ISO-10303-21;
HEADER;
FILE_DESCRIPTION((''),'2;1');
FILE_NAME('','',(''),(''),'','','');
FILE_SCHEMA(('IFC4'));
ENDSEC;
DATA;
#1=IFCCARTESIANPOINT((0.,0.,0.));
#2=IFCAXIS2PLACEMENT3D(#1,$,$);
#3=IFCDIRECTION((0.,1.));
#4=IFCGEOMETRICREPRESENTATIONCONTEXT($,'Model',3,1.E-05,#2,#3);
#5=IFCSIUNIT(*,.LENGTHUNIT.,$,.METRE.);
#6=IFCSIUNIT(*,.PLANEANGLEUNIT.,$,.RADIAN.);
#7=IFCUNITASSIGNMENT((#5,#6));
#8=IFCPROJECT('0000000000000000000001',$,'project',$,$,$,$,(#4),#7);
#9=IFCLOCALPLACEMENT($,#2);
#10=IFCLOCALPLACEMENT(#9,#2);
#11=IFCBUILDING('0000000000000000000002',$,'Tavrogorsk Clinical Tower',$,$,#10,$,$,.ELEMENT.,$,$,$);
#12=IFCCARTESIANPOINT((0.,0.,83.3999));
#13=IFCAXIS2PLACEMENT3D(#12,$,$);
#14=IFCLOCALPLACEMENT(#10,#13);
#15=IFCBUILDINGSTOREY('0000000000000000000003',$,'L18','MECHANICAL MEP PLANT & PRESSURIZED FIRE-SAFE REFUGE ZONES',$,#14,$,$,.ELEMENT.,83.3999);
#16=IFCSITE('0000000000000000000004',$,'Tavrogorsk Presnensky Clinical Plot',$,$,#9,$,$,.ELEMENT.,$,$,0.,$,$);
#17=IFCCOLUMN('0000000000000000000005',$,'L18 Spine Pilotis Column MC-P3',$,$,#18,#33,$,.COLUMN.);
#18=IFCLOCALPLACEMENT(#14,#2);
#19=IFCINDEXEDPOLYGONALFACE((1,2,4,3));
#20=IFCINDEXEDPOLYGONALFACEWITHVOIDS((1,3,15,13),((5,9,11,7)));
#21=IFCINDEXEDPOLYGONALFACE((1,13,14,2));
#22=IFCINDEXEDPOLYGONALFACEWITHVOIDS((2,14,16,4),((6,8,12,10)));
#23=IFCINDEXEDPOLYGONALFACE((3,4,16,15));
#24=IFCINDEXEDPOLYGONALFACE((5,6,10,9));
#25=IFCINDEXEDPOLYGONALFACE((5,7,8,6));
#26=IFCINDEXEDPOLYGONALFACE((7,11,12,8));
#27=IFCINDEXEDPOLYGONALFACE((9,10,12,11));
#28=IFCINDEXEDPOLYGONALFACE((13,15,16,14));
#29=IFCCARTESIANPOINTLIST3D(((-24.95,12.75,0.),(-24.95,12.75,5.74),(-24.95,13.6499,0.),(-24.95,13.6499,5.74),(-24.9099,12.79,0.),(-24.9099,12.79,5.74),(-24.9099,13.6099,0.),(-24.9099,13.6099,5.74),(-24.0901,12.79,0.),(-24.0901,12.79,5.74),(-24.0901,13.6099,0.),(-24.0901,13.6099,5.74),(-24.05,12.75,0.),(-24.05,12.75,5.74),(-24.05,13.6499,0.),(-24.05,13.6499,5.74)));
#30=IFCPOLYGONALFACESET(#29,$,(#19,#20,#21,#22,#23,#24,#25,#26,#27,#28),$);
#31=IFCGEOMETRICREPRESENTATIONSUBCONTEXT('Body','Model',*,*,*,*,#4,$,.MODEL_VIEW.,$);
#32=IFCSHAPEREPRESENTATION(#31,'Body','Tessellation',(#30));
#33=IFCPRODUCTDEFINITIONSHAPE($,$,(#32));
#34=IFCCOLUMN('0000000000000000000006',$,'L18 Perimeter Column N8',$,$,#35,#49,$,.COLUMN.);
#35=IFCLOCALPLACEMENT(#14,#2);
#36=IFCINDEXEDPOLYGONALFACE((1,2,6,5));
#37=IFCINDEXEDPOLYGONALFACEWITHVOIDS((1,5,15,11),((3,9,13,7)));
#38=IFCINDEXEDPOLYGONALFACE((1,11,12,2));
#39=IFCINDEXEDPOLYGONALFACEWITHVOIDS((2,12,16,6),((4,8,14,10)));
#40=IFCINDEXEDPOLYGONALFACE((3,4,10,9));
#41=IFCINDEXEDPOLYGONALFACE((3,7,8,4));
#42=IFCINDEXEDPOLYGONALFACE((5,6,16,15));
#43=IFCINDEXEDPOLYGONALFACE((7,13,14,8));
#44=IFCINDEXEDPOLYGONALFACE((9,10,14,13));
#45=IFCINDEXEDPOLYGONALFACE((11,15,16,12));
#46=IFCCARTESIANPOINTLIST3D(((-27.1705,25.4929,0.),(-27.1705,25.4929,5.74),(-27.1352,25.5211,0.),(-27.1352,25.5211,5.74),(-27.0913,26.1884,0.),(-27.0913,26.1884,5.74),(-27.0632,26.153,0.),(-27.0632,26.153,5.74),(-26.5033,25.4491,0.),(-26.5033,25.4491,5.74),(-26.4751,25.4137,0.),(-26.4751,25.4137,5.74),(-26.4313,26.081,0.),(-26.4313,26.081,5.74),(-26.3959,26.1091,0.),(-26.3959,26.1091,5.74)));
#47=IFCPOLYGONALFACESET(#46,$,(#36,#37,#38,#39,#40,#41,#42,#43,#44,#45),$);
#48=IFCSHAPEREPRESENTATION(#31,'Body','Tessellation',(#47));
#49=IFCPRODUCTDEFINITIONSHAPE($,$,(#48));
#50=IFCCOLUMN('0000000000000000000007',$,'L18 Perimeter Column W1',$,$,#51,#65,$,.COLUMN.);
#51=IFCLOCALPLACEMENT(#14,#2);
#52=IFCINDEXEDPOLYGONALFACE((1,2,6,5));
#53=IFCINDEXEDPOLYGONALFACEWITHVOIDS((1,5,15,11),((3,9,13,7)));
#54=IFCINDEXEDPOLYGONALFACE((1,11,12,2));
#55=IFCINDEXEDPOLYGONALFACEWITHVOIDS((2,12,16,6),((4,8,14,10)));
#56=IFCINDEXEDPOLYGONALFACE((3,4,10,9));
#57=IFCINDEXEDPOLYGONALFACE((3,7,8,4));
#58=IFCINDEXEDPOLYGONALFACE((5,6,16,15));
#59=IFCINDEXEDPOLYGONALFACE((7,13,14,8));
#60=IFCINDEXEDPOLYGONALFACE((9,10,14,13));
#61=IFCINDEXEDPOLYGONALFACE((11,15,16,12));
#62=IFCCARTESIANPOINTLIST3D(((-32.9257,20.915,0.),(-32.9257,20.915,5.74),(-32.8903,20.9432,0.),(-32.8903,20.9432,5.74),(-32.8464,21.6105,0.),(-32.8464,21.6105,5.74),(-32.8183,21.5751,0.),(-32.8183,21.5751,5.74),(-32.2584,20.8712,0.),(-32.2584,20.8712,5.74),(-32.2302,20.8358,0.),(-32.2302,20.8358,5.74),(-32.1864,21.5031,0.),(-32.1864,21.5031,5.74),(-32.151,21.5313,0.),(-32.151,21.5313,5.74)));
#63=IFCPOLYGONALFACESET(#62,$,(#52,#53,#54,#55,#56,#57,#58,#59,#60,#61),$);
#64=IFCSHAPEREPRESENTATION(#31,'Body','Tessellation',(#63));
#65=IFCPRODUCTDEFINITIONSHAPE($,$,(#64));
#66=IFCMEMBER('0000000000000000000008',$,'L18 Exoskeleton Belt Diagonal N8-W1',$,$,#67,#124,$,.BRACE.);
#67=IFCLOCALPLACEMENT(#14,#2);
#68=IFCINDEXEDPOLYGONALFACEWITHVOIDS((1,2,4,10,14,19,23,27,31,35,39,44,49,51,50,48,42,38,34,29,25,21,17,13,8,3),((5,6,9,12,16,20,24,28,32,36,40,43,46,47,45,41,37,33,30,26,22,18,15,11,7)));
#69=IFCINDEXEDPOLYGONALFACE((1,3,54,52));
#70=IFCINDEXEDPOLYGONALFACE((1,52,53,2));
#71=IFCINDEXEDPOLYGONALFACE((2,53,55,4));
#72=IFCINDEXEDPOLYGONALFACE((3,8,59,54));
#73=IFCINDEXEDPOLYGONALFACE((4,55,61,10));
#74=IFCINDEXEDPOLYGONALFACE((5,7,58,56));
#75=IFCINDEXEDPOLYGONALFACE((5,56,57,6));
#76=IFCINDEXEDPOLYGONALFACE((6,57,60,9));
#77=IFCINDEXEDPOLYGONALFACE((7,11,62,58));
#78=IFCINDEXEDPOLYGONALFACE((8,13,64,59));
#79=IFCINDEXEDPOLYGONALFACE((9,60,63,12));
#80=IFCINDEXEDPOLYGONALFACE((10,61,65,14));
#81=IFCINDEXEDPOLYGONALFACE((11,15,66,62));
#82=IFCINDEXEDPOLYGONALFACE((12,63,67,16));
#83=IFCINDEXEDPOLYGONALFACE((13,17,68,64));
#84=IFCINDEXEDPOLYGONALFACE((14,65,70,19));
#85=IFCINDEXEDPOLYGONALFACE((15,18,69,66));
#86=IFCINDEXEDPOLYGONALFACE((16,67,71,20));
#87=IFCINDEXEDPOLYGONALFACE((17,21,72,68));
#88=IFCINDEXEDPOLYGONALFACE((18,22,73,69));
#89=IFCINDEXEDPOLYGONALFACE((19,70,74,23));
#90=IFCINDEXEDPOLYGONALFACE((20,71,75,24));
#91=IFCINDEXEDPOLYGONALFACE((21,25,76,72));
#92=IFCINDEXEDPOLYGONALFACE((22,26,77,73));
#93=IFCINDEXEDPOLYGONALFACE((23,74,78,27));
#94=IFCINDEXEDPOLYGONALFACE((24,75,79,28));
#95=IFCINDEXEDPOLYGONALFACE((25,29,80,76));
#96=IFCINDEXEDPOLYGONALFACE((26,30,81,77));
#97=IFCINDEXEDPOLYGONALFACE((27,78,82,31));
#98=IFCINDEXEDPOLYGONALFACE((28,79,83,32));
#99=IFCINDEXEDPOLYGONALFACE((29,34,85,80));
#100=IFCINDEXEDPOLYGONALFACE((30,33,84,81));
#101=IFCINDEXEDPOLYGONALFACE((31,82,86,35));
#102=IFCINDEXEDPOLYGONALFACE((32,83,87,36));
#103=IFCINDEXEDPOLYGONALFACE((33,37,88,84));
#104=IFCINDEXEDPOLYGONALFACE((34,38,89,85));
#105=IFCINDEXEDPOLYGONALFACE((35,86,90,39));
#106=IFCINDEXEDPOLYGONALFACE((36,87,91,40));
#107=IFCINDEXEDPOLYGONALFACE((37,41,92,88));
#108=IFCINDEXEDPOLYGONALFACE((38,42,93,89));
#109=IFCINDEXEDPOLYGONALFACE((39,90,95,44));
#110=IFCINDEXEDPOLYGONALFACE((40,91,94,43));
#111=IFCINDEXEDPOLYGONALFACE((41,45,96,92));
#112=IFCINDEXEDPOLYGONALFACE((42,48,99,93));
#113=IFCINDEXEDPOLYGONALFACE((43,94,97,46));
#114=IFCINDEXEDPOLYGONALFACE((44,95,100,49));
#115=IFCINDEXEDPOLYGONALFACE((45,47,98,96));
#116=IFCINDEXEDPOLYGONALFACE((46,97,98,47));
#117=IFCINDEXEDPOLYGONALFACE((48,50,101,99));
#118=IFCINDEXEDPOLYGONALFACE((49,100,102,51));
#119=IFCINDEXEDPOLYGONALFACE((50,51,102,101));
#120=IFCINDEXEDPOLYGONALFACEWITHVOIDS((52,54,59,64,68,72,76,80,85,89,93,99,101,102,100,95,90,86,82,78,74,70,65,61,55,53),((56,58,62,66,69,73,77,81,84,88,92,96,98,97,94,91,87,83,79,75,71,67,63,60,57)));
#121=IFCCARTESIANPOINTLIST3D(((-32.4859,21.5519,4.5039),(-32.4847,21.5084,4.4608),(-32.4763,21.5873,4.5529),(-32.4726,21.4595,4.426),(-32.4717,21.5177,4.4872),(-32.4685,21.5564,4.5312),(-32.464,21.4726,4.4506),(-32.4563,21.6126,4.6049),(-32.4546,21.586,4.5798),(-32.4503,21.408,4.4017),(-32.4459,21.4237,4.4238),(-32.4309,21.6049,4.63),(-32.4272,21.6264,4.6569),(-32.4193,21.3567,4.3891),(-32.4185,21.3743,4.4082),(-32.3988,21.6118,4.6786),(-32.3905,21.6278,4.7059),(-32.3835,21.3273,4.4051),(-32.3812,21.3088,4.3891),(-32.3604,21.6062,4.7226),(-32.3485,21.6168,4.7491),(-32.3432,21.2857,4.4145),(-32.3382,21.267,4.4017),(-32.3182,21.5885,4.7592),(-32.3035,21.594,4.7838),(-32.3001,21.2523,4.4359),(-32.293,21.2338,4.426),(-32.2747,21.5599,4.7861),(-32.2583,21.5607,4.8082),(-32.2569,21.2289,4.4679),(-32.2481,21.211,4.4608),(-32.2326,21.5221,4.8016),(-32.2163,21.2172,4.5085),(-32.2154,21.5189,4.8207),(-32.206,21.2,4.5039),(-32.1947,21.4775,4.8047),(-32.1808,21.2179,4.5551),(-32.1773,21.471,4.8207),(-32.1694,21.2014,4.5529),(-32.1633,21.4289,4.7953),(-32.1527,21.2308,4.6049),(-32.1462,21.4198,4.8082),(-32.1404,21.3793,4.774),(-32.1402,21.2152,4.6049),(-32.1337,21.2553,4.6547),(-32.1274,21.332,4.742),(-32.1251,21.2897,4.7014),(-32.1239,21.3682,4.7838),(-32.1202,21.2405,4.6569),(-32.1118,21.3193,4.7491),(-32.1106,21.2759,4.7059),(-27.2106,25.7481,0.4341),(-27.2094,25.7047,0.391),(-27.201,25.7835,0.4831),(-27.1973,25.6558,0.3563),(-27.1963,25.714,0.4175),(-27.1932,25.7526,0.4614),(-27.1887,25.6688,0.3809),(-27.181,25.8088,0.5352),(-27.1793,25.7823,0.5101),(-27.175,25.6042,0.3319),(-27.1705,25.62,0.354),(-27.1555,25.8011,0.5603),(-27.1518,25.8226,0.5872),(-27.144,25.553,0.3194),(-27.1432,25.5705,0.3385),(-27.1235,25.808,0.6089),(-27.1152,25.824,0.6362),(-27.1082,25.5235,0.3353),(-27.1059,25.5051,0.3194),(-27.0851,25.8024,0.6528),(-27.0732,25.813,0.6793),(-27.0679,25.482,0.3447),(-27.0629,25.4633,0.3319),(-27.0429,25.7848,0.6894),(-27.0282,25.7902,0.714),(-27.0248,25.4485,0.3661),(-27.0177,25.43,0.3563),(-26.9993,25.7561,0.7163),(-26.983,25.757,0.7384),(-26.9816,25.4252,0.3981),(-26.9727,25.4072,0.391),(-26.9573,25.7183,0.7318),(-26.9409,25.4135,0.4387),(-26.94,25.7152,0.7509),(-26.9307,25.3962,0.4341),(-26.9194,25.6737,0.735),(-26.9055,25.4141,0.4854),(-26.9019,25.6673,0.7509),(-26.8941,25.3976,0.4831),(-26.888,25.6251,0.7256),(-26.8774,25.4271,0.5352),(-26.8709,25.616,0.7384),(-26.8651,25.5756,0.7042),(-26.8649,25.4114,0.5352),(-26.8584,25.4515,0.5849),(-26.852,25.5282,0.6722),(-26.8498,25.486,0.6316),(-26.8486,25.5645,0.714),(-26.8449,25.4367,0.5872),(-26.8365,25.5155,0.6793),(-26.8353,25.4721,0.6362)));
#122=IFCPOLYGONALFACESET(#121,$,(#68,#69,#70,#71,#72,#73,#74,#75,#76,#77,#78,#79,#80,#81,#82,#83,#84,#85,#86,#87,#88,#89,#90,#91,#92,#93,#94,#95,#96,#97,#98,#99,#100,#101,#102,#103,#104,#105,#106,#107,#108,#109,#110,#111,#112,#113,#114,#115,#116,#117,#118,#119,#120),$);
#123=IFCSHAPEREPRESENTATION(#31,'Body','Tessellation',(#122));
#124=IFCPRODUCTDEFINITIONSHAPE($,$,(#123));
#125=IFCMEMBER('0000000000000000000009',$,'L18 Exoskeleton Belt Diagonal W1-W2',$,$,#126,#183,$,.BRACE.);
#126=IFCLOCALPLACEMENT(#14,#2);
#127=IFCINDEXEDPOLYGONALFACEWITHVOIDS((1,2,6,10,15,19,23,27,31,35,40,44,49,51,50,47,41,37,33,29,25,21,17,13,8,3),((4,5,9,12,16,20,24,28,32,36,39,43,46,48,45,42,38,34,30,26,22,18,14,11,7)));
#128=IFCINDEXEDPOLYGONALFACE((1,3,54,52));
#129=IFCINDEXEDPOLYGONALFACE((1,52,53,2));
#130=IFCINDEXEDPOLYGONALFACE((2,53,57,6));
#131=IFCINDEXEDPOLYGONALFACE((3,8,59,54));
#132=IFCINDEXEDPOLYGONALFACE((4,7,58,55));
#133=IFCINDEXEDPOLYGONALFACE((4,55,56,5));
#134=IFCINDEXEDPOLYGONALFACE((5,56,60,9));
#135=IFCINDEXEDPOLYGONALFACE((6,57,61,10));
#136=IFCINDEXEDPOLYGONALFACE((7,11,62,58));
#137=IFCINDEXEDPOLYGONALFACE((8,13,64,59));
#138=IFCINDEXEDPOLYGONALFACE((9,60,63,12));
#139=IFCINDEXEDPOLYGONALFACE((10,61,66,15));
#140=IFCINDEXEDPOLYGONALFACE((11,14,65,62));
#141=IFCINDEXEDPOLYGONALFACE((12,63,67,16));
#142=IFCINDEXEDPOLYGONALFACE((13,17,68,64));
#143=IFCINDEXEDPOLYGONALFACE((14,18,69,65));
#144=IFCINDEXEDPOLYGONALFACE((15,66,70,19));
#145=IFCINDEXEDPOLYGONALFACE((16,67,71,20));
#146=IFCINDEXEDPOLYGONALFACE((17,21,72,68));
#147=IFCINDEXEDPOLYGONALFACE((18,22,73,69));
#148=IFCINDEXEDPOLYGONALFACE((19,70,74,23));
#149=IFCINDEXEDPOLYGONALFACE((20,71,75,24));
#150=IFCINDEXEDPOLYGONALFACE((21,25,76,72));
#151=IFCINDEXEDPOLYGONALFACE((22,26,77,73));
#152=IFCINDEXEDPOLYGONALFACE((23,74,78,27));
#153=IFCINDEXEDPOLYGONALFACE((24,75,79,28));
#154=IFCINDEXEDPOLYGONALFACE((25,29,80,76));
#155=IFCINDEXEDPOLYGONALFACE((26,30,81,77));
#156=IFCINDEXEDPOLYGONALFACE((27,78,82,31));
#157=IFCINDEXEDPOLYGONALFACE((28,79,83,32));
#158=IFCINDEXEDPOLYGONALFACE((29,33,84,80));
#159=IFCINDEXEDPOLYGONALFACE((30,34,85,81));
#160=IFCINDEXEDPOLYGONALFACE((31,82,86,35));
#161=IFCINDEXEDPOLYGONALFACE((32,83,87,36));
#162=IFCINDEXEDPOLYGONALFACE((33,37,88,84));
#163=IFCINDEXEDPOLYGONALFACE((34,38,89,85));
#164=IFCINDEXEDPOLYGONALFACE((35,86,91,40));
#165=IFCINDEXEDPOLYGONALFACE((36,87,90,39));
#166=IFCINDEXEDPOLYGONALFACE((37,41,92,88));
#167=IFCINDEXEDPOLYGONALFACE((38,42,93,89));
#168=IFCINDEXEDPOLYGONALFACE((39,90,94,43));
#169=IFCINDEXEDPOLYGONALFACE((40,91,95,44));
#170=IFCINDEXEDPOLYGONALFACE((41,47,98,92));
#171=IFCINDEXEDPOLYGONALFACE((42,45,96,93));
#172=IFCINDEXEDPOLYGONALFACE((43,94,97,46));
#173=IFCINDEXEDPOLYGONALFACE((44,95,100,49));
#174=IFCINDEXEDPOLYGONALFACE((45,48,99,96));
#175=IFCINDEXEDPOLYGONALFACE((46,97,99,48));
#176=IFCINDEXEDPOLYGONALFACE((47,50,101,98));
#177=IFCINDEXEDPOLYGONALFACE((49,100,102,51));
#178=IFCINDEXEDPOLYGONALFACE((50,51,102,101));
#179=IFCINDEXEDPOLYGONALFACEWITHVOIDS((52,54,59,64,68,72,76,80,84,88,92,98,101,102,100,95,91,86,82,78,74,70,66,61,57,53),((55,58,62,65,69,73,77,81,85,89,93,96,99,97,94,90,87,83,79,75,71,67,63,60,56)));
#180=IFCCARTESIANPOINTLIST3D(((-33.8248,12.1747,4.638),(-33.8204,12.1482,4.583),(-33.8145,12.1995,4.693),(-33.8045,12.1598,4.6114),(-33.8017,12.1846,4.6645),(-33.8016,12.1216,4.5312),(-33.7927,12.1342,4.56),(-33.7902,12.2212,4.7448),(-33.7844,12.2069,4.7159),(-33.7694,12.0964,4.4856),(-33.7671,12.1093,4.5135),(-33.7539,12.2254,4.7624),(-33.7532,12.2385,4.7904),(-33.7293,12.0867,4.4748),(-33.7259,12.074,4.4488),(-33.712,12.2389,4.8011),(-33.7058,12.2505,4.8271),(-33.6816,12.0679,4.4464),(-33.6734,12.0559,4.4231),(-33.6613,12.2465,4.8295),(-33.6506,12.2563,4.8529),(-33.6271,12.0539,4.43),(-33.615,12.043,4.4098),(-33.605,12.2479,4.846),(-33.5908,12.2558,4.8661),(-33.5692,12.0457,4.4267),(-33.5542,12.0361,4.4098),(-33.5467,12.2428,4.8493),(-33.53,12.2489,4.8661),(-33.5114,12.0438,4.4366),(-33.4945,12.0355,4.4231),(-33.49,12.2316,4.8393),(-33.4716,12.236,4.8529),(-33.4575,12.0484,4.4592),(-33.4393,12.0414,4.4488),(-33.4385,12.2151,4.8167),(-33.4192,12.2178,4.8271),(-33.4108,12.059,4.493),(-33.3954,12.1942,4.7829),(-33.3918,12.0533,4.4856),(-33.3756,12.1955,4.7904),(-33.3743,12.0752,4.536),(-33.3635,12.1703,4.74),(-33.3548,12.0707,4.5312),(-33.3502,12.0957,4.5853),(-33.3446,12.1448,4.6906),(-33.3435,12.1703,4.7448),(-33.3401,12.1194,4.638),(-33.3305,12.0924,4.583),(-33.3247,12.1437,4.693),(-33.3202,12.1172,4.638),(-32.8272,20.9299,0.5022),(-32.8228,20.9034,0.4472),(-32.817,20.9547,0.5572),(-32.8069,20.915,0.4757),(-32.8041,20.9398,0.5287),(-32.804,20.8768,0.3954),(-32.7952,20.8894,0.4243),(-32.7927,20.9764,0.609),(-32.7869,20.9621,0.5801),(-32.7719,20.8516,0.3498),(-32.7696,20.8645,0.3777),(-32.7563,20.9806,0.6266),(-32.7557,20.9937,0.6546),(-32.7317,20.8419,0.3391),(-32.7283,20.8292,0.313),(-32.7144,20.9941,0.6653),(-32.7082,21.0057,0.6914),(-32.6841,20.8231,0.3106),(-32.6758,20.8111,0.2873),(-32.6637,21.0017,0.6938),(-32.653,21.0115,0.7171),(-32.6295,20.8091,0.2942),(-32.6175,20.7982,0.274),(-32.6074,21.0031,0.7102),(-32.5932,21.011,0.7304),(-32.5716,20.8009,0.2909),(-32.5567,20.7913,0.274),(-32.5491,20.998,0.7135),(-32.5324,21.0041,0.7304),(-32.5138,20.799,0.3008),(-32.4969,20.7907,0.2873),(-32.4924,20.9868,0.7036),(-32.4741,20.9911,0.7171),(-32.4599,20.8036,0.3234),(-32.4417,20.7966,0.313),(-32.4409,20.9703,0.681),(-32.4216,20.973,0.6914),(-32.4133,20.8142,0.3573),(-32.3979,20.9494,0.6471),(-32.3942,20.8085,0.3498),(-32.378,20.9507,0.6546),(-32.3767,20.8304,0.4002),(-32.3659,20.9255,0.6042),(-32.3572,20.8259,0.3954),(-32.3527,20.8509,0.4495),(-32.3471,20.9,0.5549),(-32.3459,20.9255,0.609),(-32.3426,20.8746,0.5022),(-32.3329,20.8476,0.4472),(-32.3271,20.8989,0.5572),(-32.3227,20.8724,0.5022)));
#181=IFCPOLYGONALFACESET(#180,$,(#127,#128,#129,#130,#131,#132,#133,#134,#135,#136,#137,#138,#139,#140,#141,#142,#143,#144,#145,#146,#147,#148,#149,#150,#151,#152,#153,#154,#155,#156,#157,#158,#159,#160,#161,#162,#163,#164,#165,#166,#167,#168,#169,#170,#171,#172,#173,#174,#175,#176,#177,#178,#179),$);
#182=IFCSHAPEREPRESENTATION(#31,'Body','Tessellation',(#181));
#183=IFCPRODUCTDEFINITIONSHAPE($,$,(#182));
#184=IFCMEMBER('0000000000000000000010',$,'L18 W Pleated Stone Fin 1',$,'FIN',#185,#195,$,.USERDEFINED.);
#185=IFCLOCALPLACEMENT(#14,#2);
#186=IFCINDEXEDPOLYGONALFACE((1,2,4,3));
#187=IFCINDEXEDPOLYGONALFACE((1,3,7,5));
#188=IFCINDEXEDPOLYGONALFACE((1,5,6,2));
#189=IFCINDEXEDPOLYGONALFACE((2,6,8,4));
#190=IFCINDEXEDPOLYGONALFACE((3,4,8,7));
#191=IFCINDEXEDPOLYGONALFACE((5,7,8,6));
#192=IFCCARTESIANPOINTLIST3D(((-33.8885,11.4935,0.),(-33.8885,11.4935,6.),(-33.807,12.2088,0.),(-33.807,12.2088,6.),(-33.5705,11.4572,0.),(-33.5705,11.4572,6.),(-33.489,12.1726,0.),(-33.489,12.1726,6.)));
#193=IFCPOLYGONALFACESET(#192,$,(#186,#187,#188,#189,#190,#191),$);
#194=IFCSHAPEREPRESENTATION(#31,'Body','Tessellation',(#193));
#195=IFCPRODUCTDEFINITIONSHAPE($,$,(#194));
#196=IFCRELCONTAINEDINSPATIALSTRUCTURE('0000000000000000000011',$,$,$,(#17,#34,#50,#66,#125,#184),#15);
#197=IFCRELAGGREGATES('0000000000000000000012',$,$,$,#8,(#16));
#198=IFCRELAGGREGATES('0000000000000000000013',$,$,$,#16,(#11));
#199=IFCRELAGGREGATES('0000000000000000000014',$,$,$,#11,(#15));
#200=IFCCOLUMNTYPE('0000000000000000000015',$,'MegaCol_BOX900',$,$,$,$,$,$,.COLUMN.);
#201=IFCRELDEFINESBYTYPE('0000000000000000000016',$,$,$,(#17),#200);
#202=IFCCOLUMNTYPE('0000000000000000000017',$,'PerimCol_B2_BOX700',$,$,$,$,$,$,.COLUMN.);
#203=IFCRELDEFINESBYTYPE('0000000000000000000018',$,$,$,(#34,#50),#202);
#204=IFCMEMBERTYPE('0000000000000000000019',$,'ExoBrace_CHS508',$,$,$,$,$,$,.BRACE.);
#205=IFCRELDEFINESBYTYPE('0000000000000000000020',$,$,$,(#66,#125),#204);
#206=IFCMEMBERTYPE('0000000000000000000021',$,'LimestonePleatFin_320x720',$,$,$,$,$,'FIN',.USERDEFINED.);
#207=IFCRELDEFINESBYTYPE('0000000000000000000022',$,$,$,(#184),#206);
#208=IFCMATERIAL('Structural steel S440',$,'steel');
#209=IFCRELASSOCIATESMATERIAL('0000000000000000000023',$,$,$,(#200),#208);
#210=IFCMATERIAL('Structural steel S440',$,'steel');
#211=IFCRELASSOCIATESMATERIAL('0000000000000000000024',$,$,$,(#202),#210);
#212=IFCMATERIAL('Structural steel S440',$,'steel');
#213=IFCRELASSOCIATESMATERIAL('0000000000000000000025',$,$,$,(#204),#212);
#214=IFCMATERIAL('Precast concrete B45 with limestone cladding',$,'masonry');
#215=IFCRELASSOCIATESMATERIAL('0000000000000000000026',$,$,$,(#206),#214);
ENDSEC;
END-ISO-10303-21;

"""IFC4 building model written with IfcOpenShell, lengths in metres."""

from ifc_helpers import new_model, si_unit, direction, frame, origin, origin_2d, place, context, subcontext, project, spatial, rectangle, hollow_rectangle, hollow_circle, extrude, material, material_profile, profile_set, type_object, element, save


model = new_model("IFC4")

# Units and contexts
model_context = context("Model", 3, precision=1e-05, world=origin(), true_north=direction((0.0, 1.0)))
body_context = subcontext(model_context, "Body", "Model", "MODEL_VIEW")
ifc_project = project(units=[si_unit("LENGTHUNIT", "METRE"), si_unit("PLANEANGLEUNIT", "RADIAN")], contexts=[model_context])

# Site, building, storey
site_placement = place(None, origin())
site = spatial("IfcSite", under=ifc_project, at=site_placement, Name="Tavrogorsk Presnensky Clinical Plot", CompositionType="ELEMENT", RefElevation=0.0)
building_placement = place(site_placement, origin())
building = spatial("IfcBuilding", under=site, at=building_placement, Name="Tavrogorsk Clinical Tower", CompositionType="ELEMENT")
storey_placement = place(building_placement, frame((0.0, 0.0, 83.3999)))
storey = spatial("IfcBuildingStorey", under=building, at=storey_placement, Name="L18", Description="MECHANICAL MEP PLANT & PRESSURIZED FIRE-SAFE REFUGE ZONES", CompositionType="ELEMENT", Elevation=83.3999)

# Columns
ifc_material_1 = material(Name="Structural steel S440", Category="steel")
ifc_material_profile_1 = material_profile(ifc_material_1, hollow_rectangle(XDim=0.8999, YDim=0.8999, WallThickness=0.04, at=origin_2d()), Name="BOX-900x900x40")
ifc_profile_set_1 = profile_set([ifc_material_profile_1], Name="Structural steel S440")
column_type_1 = type_object("IfcColumnType", Name="MegaCol_BOX900", PredefinedType="COLUMN", material=ifc_profile_set_1)
column_placement = place(storey_placement, frame((-24.5, 13.2, 0.0), z_axis=(0.0, 0.0, 1.0), x_axis=(1.0, 0.0, 0.0)))
element("IfcColumn", 1, at=column_placement, inside=storey, type_object=column_type_1, Name="L18 Spine Pilotis Column MC-P3", PredefinedType="COLUMN", context=body_context, shape_type="SweptSolid", body=[
    extrude(hollow_rectangle(XDim=0.8999, YDim=0.8999, WallThickness=0.04, at=origin_2d()), origin(), (0.0, 0.0, 1.0), 5.74),
])
ifc_material_2 = material(Name="Structural steel S440", Category="steel")
ifc_material_profile_2 = material_profile(ifc_material_2, hollow_rectangle(XDim=0.7, YDim=0.7, WallThickness=0.032, at=origin_2d()), Name="BOX-700x700x32")
ifc_profile_set_2 = profile_set([ifc_material_profile_2], Name="Structural steel S440")
column_type_2 = type_object("IfcColumnType", Name="PerimCol_B2_BOX700", PredefinedType="COLUMN", material=ifc_profile_set_2)
for number, where, z_axis, x_axis, name in (
    (2, (-26.7832, 25.801, 0.0), (0.0, 0.0, 1.0), (0.993572, -0.113203, 0.0), "L18 Perimeter Column N8"),
    (3, (-32.5383, 21.2231, 0.0), (0.0, 0.0, 1.0), (0.993572, -0.113203, 0.0), "L18 Perimeter Column W1"),
):
    element("IfcColumn", number, at=place(storey_placement, frame(where, z_axis=z_axis, x_axis=x_axis)), inside=storey, type_object=column_type_2, Name=name, PredefinedType="COLUMN", context=body_context, shape_type="SweptSolid", body=[
        extrude(hollow_rectangle(XDim=0.7, YDim=0.7, WallThickness=0.032, at=origin_2d()), origin(), (0.0, 0.0, 1.0), 5.74),
    ])

# Members
ifc_material_3 = material(Name="Structural steel S440", Category="steel")
ifc_material_profile_3 = material_profile(ifc_material_3, hollow_circle(Radius=0.2539, WallThickness=0.02, at=origin_2d()), Name="CHS-508x20")
ifc_profile_set_3 = profile_set([ifc_material_profile_3], Name="Structural steel S440")
member_type_1 = type_object("IfcMemberType", Name="ExoBrace_CHS508", PredefinedType="BRACE", material=ifc_profile_set_3)
member_1_placement = place(storey_placement, frame((-27.0229, 25.6101, 0.5352), z_axis=(-0.669964, -0.53292, 0.51686), x_axis=(0.62252, -0.782604, 0.0)))
element("IfcMember", 4, at=member_1_placement, inside=storey, type_object=member_type_1, Name="L18 Exoskeleton Belt Diagonal N8-W1", PredefinedType="BRACE", context=body_context, shape_type="SweptSolid", body=[
    extrude(hollow_circle(Radius=0.2539, WallThickness=0.02, at=origin_2d()), origin(), (0.0, 0.0, 1.0), 7.874),
])
member_2_placement = place(storey_placement, frame((-32.575, 20.9011, 0.5022), z_axis=(-0.102481, -0.899433, 0.424874), x_axis=(0.993571, -0.113207, 0.0)))
element("IfcMember", 5, at=member_2_placement, inside=storey, type_object=member_type_1, Name="L18 Exoskeleton Belt Diagonal W1-W2", PredefinedType="BRACE", context=body_context, shape_type="SweptSolid", body=[
    extrude(hollow_circle(Radius=0.2539, WallThickness=0.02, at=origin_2d()), origin(), (0.0, 0.0, 1.0), 9.7341),
])
ifc_material_4 = material(Name="Precast concrete B45 with limestone cladding", Category="masonry")
ifc_material_profile_4 = material_profile(ifc_material_4, rectangle(XDim=0.3201, YDim=0.72, at=origin_2d()), Name="LIMESTONE-FIN-320x720")
ifc_profile_set_4 = profile_set([ifc_material_profile_4], Name="Precast concrete B45 with limestone cladding")
member_type_2 = type_object("IfcMemberType", Name="LimestonePleatFin_320x720", ElementType="FIN", PredefinedType="USERDEFINED", material=ifc_profile_set_4)
member_3_placement = place(storey_placement, frame((-33.6887, 11.833, 0.0), z_axis=(0.0, 0.0, 1.0), x_axis=(0.993572, -0.113203, 0.0)))
element("IfcMember", 6, at=member_3_placement, inside=storey, type_object=member_type_2, Name="L18 W Pleated Stone Fin 1", ObjectType="FIN", PredefinedType="USERDEFINED", context=body_context, shape_type="SweptSolid", body=[
    extrude(rectangle(XDim=0.3201, YDim=0.72, at=origin_2d()), origin(), (0.0, 0.0, 1.0), 6.0),
])

save(model, "model.ifc")
